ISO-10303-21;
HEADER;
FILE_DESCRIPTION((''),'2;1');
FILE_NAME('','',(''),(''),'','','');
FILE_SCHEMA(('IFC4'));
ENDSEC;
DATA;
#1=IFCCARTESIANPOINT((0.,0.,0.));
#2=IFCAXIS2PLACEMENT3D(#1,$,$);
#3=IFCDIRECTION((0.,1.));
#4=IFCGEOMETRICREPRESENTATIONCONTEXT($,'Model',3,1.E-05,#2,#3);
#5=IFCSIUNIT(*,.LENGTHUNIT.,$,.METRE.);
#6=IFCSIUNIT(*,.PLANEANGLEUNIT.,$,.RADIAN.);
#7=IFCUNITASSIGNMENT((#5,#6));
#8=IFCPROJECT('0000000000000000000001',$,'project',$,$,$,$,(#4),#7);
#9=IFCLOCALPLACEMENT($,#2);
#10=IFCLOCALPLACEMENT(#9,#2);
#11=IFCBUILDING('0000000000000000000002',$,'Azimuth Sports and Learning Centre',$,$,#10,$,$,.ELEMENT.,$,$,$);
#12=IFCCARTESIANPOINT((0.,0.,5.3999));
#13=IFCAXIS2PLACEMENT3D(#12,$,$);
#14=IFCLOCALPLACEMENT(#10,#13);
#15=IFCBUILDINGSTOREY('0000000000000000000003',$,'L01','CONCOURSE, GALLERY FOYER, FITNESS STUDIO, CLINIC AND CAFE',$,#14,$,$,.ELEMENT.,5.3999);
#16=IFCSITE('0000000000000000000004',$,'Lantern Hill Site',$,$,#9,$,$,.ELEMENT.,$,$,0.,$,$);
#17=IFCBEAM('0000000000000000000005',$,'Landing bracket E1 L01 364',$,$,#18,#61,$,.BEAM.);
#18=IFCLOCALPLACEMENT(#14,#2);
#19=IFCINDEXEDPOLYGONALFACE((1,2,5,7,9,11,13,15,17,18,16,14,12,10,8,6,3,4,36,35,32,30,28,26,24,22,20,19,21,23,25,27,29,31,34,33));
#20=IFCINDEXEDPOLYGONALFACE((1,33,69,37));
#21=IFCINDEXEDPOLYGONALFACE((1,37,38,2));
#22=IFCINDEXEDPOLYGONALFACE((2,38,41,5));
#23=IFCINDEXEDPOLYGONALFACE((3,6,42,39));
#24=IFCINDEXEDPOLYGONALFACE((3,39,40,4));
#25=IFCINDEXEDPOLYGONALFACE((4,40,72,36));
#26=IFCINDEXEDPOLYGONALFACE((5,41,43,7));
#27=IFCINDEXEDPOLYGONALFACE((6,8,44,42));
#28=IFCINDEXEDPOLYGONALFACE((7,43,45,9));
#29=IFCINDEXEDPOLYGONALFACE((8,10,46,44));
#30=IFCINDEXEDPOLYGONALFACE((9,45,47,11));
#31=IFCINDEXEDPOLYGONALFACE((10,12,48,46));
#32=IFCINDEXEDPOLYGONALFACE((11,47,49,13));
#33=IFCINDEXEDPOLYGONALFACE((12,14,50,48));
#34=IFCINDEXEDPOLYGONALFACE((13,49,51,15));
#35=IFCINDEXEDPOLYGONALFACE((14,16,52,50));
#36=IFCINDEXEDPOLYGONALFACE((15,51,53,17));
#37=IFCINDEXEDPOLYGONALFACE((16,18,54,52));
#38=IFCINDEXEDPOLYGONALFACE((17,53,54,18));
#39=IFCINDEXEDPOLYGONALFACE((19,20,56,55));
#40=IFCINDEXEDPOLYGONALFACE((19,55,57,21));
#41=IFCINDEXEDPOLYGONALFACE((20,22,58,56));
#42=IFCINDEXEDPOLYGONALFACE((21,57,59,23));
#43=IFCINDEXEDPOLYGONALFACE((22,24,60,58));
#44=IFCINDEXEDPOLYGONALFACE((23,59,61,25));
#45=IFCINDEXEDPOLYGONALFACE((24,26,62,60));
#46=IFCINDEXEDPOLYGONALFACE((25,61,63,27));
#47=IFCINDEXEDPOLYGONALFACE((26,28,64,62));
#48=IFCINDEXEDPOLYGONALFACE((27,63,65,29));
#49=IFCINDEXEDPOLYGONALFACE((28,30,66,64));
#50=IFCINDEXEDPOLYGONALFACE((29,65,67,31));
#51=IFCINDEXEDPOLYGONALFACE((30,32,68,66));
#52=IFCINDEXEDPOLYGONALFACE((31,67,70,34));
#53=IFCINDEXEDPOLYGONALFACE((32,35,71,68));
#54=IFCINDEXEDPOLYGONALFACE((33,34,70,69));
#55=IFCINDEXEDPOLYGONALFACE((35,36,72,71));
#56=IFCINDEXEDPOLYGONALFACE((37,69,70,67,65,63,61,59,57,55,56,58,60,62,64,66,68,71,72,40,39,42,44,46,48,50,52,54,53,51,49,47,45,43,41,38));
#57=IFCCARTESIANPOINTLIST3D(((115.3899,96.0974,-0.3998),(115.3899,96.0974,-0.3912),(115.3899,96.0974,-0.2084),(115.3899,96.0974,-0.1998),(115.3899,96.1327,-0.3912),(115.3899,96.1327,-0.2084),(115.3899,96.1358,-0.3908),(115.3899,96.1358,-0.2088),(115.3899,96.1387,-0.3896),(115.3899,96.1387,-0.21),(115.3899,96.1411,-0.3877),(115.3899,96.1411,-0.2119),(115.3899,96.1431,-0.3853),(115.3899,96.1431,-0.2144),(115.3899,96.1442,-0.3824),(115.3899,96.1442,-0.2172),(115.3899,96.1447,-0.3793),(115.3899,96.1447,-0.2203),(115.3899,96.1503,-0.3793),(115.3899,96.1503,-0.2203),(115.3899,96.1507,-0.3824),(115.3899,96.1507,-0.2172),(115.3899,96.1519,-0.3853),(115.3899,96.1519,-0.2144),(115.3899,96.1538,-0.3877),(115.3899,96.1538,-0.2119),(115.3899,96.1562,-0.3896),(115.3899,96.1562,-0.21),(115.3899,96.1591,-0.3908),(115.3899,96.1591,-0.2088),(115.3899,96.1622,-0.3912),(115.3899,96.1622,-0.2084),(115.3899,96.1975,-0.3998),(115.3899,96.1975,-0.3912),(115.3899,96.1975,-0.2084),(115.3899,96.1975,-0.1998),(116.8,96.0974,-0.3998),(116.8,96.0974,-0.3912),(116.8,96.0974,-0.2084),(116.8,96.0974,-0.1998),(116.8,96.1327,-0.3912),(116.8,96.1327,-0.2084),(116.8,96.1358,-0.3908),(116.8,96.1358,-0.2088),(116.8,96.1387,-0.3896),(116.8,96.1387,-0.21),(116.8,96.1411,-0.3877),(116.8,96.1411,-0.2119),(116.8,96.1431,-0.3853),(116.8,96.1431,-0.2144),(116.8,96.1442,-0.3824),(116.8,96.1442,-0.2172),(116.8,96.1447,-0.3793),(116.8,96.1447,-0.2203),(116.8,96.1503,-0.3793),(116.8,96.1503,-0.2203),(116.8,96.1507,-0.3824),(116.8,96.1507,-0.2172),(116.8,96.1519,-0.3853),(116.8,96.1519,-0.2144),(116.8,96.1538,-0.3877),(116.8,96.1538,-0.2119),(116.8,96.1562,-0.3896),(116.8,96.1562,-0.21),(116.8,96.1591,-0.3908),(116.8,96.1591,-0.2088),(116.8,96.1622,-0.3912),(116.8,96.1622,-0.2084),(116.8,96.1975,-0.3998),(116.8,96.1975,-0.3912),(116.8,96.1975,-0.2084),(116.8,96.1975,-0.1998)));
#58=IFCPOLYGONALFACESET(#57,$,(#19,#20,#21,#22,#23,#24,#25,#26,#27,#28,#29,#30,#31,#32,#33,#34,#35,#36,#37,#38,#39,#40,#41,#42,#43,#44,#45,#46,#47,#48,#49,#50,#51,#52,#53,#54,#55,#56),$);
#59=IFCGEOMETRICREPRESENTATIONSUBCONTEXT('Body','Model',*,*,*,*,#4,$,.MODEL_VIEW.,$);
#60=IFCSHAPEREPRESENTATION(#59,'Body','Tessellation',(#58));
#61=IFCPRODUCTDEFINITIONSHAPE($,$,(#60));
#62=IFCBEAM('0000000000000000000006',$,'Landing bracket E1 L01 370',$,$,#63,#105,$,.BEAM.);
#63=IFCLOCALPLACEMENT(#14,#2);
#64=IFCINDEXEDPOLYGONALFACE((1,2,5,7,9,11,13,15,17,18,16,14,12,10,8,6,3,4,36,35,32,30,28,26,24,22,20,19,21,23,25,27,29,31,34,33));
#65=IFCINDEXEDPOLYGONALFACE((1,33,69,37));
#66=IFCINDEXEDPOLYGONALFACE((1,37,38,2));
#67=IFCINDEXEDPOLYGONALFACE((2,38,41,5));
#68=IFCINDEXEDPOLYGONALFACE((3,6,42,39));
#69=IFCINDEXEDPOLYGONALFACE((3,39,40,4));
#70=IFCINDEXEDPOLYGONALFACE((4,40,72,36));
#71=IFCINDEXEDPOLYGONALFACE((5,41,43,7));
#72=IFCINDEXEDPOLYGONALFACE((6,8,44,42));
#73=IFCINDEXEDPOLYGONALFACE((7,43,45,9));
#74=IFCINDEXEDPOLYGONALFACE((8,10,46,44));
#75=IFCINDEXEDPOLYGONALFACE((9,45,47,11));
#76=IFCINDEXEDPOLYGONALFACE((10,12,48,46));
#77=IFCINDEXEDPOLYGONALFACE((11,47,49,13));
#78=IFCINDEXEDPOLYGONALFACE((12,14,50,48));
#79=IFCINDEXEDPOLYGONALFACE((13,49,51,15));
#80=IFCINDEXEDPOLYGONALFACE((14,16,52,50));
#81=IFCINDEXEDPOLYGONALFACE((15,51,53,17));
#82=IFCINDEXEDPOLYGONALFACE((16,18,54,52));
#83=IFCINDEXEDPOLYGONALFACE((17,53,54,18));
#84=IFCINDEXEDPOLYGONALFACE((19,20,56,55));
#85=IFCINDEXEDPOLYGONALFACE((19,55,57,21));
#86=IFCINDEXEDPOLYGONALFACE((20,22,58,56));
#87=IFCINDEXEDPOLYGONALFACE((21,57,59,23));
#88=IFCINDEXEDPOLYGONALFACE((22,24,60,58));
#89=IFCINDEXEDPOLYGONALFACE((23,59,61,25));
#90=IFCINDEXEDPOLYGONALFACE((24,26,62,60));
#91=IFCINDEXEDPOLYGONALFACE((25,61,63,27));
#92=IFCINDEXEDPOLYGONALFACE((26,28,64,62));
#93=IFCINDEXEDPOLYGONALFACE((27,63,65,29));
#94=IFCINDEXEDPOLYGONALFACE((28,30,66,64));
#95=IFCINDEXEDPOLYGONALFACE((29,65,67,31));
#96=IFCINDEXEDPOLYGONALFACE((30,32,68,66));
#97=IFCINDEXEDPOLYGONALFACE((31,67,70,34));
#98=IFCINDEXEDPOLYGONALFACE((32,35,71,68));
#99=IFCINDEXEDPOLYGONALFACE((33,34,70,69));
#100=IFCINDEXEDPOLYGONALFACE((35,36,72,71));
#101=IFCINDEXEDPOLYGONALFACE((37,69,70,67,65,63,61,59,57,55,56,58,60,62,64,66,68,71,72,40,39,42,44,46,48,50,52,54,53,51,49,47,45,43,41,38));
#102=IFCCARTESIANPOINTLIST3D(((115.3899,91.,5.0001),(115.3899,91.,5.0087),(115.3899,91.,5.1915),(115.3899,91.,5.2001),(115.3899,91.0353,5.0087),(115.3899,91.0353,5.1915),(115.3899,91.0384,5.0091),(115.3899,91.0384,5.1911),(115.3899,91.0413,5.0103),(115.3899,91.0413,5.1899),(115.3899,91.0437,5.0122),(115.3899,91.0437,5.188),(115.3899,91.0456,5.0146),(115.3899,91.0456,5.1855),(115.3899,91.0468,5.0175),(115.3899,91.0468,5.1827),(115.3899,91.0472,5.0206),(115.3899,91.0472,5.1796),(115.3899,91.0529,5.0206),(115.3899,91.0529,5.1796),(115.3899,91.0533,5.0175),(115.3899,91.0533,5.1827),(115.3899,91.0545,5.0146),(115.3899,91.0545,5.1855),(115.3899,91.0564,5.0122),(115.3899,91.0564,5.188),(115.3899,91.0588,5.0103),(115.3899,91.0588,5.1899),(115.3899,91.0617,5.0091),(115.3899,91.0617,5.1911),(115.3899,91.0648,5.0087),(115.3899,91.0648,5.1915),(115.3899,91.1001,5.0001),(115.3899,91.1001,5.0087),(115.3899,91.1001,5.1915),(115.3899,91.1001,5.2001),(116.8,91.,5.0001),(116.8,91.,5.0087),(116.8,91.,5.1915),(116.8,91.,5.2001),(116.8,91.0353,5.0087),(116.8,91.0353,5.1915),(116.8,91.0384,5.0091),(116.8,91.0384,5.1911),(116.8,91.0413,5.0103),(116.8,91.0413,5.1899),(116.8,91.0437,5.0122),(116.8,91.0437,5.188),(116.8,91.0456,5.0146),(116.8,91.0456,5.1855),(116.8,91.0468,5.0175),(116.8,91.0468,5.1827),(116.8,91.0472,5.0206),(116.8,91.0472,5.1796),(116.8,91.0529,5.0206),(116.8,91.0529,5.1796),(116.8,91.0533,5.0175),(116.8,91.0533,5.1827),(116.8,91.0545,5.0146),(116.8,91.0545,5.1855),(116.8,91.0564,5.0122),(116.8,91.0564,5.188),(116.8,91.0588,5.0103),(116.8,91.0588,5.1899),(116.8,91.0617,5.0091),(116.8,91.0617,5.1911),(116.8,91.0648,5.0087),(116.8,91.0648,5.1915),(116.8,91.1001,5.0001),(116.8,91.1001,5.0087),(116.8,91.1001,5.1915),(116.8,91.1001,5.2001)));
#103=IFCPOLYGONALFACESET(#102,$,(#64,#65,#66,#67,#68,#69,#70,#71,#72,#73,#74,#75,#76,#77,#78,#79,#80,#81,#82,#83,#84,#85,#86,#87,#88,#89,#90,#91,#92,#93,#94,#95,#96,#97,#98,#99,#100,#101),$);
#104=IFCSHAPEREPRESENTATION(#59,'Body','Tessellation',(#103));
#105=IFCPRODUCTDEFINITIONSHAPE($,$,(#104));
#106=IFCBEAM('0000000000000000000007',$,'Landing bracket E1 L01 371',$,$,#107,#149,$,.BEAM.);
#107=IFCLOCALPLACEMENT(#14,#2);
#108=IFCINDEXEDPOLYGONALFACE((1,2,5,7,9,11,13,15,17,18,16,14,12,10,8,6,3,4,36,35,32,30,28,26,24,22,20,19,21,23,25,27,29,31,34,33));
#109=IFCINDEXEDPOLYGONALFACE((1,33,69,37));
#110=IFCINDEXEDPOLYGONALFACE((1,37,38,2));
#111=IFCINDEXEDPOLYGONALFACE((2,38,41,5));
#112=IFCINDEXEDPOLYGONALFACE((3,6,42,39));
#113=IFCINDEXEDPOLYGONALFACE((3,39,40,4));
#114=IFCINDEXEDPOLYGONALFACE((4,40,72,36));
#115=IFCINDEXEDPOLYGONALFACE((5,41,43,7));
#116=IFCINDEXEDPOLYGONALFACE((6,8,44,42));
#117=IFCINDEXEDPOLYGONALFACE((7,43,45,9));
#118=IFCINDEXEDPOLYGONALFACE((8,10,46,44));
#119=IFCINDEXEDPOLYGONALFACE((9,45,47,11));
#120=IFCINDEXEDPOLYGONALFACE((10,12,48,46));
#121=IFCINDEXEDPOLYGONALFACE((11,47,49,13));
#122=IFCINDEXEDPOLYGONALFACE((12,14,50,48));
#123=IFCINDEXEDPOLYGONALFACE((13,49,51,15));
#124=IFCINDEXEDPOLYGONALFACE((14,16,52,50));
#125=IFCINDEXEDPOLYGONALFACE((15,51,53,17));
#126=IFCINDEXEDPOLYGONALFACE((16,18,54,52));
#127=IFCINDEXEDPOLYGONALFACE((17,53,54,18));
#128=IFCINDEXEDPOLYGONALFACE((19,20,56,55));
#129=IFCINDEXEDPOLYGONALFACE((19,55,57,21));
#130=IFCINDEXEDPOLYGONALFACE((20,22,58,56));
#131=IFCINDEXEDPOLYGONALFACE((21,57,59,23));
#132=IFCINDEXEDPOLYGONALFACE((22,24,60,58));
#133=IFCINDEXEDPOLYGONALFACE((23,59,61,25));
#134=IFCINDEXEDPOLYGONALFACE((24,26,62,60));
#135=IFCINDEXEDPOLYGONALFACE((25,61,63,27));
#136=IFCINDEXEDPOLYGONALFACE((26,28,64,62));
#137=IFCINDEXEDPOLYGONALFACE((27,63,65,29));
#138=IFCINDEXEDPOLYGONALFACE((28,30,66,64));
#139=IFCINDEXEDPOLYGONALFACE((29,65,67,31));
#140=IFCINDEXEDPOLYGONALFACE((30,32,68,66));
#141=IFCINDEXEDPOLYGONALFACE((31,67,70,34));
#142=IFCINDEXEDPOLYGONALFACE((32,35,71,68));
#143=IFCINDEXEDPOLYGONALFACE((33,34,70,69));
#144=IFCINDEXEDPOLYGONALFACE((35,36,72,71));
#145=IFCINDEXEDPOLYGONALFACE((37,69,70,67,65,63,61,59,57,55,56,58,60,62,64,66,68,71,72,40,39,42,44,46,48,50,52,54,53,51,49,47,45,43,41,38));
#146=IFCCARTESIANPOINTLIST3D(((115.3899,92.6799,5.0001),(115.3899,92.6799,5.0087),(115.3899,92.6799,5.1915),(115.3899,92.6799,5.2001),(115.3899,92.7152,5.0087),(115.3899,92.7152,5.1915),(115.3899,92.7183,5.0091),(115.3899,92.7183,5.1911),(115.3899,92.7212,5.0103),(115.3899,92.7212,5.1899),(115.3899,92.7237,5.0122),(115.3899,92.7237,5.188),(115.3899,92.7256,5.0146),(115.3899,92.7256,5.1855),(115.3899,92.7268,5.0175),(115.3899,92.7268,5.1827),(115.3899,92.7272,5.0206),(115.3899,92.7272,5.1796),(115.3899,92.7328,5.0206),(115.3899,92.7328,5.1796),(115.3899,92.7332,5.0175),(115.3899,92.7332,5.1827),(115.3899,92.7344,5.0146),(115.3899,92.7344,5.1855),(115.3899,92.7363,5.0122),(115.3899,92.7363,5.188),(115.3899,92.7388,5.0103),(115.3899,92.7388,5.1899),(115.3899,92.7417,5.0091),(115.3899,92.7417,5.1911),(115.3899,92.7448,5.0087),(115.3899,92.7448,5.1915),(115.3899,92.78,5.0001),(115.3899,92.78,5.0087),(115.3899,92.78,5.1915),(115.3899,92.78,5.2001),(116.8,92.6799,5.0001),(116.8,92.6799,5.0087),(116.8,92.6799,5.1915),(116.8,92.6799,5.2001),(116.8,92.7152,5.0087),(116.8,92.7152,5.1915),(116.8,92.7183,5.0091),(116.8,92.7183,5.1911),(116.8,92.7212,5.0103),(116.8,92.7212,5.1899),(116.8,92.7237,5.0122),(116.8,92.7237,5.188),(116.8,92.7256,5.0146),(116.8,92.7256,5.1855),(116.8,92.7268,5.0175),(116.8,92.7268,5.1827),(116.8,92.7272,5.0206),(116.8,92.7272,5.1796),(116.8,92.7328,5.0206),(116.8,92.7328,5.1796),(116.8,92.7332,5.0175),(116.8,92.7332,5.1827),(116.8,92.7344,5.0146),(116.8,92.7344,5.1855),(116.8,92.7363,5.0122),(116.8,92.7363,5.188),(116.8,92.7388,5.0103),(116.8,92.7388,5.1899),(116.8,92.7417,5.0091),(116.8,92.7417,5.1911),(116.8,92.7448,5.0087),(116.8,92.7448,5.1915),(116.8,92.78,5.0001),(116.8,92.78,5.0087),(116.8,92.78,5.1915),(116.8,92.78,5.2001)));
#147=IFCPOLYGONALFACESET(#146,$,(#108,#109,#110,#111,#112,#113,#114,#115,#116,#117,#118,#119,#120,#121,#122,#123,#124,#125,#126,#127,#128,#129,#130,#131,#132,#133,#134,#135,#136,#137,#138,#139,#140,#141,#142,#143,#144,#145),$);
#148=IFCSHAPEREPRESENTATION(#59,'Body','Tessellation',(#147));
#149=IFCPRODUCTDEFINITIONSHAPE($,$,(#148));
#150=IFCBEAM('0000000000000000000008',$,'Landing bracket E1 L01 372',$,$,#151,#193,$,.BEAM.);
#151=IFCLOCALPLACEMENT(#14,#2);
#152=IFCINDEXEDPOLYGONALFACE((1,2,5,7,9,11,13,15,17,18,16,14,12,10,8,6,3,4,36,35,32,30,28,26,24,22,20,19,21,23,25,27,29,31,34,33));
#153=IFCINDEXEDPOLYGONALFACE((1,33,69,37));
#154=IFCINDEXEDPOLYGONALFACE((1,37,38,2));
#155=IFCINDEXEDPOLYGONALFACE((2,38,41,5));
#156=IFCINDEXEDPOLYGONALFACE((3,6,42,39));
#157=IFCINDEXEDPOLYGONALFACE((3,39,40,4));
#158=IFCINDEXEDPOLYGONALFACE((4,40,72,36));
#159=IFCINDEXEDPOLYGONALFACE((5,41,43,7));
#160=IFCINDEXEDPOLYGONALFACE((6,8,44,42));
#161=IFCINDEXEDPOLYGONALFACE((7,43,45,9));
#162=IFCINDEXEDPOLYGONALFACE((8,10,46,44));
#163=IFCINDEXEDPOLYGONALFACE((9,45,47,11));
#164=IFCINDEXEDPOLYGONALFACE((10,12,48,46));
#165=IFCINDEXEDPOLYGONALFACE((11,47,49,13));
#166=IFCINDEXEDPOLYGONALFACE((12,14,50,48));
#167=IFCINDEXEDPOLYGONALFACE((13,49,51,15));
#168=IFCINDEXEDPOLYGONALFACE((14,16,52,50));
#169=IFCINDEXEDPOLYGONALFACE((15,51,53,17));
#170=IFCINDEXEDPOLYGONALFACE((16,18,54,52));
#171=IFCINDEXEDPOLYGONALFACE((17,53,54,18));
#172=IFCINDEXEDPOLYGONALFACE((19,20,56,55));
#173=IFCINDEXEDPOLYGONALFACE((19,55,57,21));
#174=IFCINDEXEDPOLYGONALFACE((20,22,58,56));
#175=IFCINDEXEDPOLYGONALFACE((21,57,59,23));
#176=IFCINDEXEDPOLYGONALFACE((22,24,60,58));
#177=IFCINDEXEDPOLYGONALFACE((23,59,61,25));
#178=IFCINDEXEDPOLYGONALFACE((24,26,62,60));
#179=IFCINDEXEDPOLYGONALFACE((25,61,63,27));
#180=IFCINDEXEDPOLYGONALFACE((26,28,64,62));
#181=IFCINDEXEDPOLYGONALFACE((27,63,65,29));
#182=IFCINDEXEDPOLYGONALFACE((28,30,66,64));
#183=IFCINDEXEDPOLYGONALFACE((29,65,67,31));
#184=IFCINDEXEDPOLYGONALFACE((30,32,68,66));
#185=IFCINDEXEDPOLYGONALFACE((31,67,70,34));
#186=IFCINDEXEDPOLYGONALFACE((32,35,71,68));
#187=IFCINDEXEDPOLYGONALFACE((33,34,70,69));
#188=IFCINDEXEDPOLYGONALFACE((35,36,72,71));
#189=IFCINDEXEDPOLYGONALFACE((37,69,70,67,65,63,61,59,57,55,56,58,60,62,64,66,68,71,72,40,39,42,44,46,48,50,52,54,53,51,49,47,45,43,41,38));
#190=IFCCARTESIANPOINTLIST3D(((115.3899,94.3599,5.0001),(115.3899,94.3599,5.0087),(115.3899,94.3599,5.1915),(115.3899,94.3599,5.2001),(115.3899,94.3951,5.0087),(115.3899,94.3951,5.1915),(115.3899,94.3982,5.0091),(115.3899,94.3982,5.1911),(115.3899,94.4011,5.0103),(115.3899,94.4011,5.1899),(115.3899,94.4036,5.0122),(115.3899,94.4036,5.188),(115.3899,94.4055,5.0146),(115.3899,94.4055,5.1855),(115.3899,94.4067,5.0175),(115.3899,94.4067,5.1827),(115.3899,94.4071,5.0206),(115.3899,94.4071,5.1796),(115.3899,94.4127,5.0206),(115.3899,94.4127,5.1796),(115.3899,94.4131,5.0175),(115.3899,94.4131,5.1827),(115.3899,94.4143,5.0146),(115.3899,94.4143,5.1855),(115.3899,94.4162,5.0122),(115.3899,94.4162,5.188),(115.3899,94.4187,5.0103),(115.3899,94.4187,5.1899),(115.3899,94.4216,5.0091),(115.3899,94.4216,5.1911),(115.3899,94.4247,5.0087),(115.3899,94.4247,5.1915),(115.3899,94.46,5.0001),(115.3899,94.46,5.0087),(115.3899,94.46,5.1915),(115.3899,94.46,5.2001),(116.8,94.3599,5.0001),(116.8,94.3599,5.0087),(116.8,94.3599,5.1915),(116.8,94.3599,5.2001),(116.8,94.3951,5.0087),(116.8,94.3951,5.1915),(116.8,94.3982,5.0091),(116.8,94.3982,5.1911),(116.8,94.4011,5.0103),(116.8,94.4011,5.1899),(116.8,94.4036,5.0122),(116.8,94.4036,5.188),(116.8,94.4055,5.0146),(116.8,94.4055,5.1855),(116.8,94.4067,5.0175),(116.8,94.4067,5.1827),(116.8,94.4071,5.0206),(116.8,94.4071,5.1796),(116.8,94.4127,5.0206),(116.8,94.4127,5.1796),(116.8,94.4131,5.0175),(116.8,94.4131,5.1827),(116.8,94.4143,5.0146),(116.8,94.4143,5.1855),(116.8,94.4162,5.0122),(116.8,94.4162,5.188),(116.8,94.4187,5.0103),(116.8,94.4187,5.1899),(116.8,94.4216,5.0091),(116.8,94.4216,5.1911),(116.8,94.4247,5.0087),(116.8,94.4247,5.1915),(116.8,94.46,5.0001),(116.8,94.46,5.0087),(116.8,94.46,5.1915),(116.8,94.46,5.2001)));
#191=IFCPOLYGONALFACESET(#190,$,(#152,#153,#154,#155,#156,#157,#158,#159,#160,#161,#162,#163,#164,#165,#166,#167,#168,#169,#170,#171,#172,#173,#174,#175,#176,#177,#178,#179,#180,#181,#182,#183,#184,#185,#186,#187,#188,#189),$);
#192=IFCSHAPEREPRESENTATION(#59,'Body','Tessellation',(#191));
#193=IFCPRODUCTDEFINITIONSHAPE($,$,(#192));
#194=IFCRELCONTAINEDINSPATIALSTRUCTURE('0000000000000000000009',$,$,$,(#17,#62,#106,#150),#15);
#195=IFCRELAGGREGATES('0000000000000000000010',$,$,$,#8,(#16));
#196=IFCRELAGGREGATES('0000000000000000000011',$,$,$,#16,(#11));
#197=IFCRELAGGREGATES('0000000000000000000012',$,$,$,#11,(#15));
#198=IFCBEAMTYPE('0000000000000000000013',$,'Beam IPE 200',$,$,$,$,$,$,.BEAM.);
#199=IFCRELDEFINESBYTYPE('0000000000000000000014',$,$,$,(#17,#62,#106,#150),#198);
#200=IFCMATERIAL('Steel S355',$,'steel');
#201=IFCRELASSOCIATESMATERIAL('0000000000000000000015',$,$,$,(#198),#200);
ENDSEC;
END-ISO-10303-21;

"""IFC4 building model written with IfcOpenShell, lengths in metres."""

from ifc_helpers import new_model, si_unit, direction, frame, origin, origin_2d, place, context, subcontext, project, spatial, i_section, extrude, material, material_profile, profile_set, type_object, element, save


model = new_model("IFC4")

# Units and contexts
model_context = context("Model", 3, precision=1e-05, world=origin(), true_north=direction((0.0, 1.0)))
body_context = subcontext(model_context, "Body", "Model", "MODEL_VIEW")
ifc_project = project(units=[si_unit("LENGTHUNIT", "METRE"), si_unit("PLANEANGLEUNIT", "RADIAN")], contexts=[model_context])

# Site, building, storey
site_placement = place(None, origin())
site = spatial("IfcSite", under=ifc_project, at=site_placement, Name="Lantern Hill Site", CompositionType="ELEMENT", RefElevation=0.0)
building_placement = place(site_placement, origin())
building = spatial("IfcBuilding", under=site, at=building_placement, Name="Azimuth Sports and Learning Centre", CompositionType="ELEMENT")
storey_placement = place(building_placement, frame((0.0, 0.0, 5.3999)))
storey = spatial("IfcBuildingStorey", under=building, at=storey_placement, Name="L01", Description="CONCOURSE, GALLERY FOYER, FITNESS STUDIO, CLINIC AND CAFE", CompositionType="ELEMENT", Elevation=5.3999)

# Beams
ifc_material_1 = material(Name="Steel S355", Category="steel")
ifc_material_profile_1 = material_profile(ifc_material_1, i_section(OverallWidth=0.1001, OverallDepth=0.2, WebThickness=0.0056, FlangeThickness=0.0085, FilletRadius=0.012, at=origin_2d()), Name="IPE 200")
ifc_profile_set_1 = profile_set([ifc_material_profile_1], Name="Steel S355")
beam_type_1 = type_object("IfcBeamType", Name="Beam IPE 200", PredefinedType="BEAM", material=ifc_profile_set_1)
for number, where, z_axis, x_axis, name in (
    (1, (116.8, 96.1475, -0.2998), (-1.0, 0.0, 0.0), (0.0, -1.0, 0.0), "Landing bracket E1 L01 364"),
    (2, (116.8, 91.05, 5.1001), (-1.0, 0.0, 0.0), (0.0, -1.0, 0.0), "Landing bracket E1 L01 370"),
    (3, (116.8, 92.73, 5.1001), (-1.0, 0.0, 0.0), (0.0, -1.0, 0.0), "Landing bracket E1 L01 371"),
    (4, (116.8, 94.4099, 5.1001), (-1.0, 0.0, 0.0), (0.0, -1.0, 0.0), "Landing bracket E1 L01 372"),
):
    element("IfcBeam", number, at=place(storey_placement, frame(where, z_axis=z_axis, x_axis=x_axis)), inside=storey, type_object=beam_type_1, Name=name, PredefinedType="BEAM", context=body_context, shape_type="SweptSolid", body=[
        extrude(i_section(OverallWidth=0.1001, OverallDepth=0.2, WebThickness=0.0056, FlangeThickness=0.0085, FilletRadius=0.012, at=origin_2d()), origin(), (0.0, 0.0, 1.0), 1.4102),
    ])

save(model, "model.ifc")
